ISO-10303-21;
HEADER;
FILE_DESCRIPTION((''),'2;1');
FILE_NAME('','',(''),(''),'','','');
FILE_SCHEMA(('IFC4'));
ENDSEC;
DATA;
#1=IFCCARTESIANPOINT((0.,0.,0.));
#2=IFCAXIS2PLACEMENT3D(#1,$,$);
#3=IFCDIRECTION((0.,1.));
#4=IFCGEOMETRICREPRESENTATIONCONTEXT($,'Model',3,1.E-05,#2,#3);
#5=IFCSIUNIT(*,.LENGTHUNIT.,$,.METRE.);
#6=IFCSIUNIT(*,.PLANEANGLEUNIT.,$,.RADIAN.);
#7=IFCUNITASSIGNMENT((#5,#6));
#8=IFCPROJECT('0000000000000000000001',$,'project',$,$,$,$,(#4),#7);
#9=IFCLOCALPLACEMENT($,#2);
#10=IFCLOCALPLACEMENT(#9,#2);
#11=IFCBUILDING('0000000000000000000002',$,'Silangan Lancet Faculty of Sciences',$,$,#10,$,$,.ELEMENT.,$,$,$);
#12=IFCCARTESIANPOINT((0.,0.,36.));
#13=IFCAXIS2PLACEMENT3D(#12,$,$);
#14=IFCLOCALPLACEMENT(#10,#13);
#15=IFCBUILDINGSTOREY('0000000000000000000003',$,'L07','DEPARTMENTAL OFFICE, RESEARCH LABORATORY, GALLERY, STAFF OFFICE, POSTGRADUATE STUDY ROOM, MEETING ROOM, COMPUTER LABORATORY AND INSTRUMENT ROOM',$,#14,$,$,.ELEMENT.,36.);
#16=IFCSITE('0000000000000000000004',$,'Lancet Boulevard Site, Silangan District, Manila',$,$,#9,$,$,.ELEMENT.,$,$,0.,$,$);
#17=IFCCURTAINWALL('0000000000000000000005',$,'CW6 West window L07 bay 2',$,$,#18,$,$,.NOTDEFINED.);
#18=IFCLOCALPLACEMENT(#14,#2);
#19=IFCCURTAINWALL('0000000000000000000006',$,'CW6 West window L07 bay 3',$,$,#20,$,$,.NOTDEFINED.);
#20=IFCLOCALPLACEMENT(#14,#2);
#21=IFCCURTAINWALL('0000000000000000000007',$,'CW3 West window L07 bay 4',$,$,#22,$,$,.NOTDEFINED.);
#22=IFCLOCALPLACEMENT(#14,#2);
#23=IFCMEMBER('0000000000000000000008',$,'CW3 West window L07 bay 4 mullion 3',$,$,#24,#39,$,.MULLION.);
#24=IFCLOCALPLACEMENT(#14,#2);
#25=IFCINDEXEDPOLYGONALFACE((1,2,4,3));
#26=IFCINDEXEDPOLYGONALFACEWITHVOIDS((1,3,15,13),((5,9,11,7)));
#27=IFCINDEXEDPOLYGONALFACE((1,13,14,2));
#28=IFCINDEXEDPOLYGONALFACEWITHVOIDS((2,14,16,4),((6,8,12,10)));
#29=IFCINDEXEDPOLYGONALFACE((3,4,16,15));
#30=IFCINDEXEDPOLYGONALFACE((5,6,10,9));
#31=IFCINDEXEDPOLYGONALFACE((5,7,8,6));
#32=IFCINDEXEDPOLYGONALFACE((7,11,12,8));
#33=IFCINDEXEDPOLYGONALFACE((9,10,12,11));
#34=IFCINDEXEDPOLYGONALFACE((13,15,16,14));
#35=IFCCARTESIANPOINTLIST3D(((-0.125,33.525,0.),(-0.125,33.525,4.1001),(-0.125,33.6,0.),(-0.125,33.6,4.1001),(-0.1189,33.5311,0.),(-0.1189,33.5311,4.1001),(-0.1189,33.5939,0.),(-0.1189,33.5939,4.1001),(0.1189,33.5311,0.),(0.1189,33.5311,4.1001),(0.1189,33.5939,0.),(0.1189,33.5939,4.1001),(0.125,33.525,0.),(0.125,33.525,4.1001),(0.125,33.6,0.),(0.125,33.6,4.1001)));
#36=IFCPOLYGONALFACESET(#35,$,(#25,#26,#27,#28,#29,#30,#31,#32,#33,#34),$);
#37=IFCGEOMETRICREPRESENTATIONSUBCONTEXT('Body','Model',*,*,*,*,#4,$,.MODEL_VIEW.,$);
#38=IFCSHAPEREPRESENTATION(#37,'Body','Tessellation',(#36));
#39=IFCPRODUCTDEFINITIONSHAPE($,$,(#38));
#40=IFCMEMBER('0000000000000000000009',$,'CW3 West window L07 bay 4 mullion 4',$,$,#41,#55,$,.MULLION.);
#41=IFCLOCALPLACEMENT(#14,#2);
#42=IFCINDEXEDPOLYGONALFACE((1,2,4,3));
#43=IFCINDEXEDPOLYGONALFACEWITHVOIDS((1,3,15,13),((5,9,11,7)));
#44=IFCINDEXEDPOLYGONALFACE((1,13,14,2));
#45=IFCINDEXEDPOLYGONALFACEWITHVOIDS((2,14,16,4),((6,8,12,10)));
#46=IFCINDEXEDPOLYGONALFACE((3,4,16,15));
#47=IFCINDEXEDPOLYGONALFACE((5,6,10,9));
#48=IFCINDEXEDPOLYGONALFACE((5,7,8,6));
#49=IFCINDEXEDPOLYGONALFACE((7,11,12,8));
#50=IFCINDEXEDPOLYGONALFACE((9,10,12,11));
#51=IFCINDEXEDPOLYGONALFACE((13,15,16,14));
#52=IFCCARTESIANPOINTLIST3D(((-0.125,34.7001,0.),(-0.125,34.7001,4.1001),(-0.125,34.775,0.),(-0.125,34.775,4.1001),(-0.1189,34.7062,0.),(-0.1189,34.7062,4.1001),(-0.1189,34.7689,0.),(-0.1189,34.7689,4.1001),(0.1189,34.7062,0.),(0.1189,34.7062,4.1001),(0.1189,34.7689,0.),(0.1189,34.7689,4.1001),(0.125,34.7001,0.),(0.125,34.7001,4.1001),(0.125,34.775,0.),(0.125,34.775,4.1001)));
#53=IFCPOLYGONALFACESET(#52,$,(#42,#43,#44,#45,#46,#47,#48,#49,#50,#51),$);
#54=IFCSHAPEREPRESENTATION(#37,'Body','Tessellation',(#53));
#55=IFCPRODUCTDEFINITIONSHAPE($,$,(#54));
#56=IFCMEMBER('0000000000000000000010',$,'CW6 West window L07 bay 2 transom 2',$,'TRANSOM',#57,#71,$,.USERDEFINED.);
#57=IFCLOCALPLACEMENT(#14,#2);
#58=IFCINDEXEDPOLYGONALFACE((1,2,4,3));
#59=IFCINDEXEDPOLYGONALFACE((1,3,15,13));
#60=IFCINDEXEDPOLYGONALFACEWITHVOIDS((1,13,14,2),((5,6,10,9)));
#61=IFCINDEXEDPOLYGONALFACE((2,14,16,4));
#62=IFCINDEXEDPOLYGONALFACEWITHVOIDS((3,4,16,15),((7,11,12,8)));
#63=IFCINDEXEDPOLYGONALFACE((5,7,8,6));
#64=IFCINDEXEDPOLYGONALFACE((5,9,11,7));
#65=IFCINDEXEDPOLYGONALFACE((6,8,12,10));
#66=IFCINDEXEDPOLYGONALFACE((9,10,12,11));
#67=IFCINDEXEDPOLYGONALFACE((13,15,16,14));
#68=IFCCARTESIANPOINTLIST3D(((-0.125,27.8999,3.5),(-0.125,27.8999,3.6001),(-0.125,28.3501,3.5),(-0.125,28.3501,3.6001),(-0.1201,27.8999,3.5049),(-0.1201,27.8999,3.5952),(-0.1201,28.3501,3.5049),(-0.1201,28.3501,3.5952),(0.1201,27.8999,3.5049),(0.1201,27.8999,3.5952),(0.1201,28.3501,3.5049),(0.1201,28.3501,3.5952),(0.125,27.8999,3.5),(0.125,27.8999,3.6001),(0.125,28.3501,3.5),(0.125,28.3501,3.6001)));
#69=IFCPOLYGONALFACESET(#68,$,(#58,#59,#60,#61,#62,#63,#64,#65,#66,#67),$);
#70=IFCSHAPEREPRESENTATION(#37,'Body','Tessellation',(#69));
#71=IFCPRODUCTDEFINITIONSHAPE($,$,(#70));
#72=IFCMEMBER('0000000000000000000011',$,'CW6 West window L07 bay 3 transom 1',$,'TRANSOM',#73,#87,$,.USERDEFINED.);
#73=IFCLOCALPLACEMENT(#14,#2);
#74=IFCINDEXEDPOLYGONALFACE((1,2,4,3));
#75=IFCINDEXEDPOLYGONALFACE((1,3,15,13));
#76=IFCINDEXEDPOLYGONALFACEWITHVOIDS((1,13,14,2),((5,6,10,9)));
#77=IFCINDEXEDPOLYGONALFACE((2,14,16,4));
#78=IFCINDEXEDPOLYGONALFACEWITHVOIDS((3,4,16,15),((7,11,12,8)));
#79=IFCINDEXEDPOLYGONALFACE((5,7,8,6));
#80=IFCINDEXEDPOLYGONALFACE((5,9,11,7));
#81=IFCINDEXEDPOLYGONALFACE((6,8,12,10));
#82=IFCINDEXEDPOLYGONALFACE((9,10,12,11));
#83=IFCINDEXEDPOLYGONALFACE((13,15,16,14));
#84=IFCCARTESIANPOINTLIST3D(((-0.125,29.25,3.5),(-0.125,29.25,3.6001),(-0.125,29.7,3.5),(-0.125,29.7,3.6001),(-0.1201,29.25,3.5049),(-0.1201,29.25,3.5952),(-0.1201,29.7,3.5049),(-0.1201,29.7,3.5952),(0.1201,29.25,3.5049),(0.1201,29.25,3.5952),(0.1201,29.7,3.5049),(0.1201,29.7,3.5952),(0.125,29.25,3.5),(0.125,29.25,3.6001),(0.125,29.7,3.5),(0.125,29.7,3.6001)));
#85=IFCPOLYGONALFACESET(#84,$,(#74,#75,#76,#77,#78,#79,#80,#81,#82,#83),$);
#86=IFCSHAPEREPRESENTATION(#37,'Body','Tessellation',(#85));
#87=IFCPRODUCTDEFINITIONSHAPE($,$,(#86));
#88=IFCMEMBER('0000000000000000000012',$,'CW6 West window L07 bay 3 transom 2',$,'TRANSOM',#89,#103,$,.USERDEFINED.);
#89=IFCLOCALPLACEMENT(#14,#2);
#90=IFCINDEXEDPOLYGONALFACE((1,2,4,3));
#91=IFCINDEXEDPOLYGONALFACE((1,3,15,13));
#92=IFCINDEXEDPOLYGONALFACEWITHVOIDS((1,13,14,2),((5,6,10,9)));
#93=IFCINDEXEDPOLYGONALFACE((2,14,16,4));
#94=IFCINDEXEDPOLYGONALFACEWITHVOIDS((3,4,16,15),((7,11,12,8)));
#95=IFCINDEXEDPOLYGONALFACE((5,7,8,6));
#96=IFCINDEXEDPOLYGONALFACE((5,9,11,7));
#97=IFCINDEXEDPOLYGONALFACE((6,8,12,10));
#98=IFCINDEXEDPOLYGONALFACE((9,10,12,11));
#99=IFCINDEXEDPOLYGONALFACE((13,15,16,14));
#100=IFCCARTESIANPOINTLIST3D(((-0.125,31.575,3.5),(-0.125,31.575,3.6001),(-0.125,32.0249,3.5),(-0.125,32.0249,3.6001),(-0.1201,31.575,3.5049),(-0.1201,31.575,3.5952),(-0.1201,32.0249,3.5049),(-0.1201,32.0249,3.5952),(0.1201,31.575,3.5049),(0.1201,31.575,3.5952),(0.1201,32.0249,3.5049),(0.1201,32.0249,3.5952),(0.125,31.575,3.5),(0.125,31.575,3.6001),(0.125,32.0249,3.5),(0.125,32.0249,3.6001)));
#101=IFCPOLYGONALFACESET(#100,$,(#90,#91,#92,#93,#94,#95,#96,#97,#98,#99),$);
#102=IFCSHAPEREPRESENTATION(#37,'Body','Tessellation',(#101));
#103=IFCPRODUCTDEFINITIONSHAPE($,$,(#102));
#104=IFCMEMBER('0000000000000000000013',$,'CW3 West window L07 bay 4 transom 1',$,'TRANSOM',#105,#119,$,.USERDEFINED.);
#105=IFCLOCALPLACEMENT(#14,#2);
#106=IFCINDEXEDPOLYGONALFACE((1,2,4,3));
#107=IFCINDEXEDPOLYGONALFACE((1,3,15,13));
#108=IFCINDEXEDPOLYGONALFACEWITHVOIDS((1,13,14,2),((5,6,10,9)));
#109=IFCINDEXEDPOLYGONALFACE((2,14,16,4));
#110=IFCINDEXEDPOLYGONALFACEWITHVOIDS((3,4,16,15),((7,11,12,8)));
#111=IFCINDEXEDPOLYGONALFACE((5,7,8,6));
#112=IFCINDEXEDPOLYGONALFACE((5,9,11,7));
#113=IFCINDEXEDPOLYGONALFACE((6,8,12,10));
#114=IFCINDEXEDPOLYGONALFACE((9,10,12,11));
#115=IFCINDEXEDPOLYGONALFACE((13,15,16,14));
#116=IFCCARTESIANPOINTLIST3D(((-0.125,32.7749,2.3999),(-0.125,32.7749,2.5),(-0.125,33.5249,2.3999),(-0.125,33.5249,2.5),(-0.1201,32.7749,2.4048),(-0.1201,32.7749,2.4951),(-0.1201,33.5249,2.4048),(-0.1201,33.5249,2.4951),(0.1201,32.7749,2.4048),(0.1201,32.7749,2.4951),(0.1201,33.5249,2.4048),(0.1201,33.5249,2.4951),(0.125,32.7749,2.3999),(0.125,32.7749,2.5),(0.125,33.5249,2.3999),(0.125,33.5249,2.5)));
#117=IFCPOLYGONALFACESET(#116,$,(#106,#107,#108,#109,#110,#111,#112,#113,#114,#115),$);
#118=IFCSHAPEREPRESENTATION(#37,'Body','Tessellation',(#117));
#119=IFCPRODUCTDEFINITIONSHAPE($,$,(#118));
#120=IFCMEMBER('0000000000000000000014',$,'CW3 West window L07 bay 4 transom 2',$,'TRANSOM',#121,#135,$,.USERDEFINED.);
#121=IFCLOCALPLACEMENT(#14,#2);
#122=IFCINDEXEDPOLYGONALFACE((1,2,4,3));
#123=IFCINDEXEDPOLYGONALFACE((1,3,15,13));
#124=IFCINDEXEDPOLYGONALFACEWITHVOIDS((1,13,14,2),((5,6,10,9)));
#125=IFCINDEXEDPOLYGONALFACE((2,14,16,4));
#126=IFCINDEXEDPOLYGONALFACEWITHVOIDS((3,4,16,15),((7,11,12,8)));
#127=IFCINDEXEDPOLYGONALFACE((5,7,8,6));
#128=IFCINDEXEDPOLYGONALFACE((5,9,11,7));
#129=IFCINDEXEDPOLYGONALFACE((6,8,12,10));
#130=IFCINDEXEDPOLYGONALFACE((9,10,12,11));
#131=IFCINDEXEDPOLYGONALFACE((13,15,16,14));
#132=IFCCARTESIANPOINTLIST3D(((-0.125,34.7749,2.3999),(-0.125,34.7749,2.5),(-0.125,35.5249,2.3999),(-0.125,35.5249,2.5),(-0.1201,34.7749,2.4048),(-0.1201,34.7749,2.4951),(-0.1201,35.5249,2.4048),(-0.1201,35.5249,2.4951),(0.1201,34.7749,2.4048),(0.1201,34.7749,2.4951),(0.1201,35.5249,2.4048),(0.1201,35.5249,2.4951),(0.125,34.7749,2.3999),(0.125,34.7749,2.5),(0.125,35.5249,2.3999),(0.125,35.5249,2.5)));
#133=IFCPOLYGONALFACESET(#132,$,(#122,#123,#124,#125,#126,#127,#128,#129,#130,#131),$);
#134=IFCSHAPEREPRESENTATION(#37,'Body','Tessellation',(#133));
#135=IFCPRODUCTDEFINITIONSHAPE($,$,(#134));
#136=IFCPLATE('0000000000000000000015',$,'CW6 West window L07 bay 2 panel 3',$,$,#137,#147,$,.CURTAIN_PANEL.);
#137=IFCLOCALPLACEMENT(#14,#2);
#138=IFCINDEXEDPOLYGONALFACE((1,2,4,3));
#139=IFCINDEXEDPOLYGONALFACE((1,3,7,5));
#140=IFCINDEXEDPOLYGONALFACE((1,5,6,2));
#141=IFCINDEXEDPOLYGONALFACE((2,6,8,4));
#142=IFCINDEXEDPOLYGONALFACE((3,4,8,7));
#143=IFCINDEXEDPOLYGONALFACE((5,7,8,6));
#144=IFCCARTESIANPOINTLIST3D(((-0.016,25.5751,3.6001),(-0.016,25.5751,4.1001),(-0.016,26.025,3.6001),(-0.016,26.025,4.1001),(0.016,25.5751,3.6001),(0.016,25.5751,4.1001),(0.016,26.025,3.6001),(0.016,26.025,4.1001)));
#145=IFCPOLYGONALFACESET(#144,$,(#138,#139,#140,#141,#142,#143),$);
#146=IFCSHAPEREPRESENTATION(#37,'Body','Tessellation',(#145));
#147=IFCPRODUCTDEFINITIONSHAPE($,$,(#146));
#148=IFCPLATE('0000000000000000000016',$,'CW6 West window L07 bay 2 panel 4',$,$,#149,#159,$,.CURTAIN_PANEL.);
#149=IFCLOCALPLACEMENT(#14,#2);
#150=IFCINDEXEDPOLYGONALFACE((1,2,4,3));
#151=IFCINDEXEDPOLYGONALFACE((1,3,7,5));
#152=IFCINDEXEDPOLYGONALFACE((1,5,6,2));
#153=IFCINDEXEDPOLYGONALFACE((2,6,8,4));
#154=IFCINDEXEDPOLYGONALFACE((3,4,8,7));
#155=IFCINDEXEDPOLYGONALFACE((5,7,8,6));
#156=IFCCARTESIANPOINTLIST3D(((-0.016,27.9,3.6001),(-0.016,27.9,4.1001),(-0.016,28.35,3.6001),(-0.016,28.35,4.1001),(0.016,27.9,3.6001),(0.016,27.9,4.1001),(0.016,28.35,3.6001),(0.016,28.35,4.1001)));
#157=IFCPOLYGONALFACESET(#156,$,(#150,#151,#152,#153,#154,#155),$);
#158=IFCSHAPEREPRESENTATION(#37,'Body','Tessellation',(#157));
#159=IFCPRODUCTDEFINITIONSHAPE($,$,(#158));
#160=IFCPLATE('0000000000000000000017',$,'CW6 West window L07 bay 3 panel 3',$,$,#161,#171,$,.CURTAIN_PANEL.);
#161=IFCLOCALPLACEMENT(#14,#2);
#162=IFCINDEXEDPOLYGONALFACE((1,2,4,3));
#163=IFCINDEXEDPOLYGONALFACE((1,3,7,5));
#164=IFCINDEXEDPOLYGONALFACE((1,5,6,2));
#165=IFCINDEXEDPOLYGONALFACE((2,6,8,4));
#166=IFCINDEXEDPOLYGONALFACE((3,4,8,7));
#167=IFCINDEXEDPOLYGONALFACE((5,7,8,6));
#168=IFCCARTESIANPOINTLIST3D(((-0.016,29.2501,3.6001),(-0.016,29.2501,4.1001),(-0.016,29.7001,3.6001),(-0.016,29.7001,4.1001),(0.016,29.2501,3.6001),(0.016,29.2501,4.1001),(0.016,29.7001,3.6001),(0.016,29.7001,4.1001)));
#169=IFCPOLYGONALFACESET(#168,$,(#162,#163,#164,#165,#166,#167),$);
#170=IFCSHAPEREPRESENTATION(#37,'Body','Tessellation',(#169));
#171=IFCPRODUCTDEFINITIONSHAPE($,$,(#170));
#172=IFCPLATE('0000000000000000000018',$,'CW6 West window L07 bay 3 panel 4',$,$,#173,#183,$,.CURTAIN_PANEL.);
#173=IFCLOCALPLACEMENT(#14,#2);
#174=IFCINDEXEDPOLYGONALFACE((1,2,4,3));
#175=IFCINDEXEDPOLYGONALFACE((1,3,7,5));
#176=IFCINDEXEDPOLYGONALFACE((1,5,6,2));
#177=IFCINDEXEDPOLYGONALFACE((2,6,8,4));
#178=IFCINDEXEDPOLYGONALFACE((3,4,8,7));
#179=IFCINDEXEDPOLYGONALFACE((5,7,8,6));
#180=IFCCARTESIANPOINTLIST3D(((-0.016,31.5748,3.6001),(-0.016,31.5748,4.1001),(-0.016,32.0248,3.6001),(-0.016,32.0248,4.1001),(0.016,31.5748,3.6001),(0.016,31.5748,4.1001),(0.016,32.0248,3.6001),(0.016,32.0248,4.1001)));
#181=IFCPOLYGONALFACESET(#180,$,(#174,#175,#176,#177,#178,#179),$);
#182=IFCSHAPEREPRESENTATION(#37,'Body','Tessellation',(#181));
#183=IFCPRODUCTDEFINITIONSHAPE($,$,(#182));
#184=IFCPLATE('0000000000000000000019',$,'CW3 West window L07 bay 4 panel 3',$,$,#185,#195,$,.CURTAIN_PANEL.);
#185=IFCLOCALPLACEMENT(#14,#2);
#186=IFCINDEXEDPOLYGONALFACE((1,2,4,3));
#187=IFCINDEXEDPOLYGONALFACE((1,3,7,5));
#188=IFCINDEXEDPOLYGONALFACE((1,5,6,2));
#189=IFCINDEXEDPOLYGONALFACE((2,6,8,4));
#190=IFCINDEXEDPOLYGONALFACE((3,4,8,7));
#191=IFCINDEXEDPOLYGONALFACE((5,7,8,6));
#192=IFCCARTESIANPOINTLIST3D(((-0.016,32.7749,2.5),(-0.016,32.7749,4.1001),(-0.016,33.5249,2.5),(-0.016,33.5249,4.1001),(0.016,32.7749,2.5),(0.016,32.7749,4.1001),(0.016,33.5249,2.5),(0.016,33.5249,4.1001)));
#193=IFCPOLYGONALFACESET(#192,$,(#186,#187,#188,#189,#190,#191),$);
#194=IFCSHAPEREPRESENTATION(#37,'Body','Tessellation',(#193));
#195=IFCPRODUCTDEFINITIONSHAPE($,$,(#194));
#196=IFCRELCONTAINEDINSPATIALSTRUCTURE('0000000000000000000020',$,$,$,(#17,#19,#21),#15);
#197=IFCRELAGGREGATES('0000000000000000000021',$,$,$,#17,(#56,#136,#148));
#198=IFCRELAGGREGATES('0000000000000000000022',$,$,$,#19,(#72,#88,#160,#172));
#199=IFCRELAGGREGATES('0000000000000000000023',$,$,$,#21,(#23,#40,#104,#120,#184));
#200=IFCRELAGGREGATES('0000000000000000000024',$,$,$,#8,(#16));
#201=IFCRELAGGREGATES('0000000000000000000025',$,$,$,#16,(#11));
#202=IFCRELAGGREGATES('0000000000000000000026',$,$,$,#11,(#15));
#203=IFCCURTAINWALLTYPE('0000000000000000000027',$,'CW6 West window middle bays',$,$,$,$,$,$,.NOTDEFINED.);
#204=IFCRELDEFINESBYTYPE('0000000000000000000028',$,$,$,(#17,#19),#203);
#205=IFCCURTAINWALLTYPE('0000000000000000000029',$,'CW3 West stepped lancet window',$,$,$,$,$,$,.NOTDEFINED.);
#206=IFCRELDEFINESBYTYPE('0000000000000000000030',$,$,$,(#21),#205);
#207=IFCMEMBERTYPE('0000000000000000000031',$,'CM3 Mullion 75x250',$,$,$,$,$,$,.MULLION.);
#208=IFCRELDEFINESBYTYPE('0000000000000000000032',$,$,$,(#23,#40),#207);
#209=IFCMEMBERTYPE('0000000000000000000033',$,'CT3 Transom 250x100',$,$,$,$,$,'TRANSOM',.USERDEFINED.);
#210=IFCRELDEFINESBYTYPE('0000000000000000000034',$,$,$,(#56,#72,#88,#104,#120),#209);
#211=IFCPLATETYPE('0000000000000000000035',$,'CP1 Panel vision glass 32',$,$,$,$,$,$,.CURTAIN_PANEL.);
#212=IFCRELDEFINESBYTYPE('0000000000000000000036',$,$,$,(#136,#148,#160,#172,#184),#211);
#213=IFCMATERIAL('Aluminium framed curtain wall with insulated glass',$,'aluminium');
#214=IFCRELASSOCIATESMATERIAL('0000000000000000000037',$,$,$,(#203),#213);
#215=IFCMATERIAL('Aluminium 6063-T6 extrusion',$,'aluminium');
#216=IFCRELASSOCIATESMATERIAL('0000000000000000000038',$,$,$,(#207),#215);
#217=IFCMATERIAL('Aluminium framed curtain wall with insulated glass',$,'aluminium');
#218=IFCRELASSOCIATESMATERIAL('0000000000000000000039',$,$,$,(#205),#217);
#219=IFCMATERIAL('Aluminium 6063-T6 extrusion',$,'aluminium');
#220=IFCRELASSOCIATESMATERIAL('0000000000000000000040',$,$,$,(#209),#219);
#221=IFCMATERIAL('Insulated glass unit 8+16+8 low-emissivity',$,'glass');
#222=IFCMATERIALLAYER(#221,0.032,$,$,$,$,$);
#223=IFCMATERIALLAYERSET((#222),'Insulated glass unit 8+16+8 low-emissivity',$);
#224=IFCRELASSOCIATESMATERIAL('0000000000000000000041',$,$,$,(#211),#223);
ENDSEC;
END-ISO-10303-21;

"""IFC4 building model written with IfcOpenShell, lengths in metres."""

from ifc_helpers import new_model, si_unit, direction, frame, origin, origin_2d, place, context, subcontext, project, spatial, rectangle, hollow_rectangle, extrude, material, layer, layer_set, material_profile, profile_set, type_object, element, aggregate, save


model = new_model("IFC4")

# Units and contexts
model_context = context("Model", 3, precision=1e-05, world=origin(), true_north=direction((0.0, 1.0)))
body_context = subcontext(model_context, "Body", "Model", "MODEL_VIEW")
ifc_project = project(units=[si_unit("LENGTHUNIT", "METRE"), si_unit("PLANEANGLEUNIT", "RADIAN")], contexts=[model_context])

# Site, building, storey
site_placement = place(None, origin())
site = spatial("IfcSite", under=ifc_project, at=site_placement, Name="Lancet Boulevard Site, Silangan District, Manila", CompositionType="ELEMENT", RefElevation=0.0)
building_placement = place(site_placement, origin())
building = spatial("IfcBuilding", under=site, at=building_placement, Name="Silangan Lancet Faculty of Sciences", CompositionType="ELEMENT")
storey_placement = place(building_placement, frame((0.0, 0.0, 36.0)))
storey = spatial("IfcBuildingStorey", under=building, at=storey_placement, Name="L07", Description="DEPARTMENTAL OFFICE, RESEARCH LABORATORY, GALLERY, STAFF OFFICE, POSTGRADUATE STUDY ROOM, MEETING ROOM, COMPUTER LABORATORY AND INSTRUMENT ROOM", CompositionType="ELEMENT", Elevation=36.0)

# Curtain walls, members
ifc_material_1 = material(Name="Aluminium framed curtain wall with insulated glass", Category="aluminium")
curtain_wall_type_1 = type_object("IfcCurtainWallType", Name="CW6 West window middle bays", PredefinedType="NOTDEFINED", material=ifc_material_1)
curtain_wall_1_placement = place(storey_placement, origin())
curtain_wall_1 = element("IfcCurtainWall", 1, at=curtain_wall_1_placement, inside=storey, type_object=curtain_wall_type_1, Name="CW6 West window L07 bay 2", PredefinedType="NOTDEFINED")
ifc_material_2 = material(Name="Aluminium 6063-T6 extrusion", Category="aluminium")
ifc_material_profile_1 = material_profile(ifc_material_2, hollow_rectangle(XDim=0.075, YDim=0.25, WallThickness=0.0061, at=origin_2d()), Name="AL BOX 75x250x6")
ifc_profile_set_1 = profile_set([ifc_material_profile_1], Name="Aluminium 6063-T6 extrusion")
member_type_1 = type_object("IfcMemberType", Name="CM3 Mullion 75x250", PredefinedType="MULLION", material=ifc_profile_set_1)
curtain_wall_2_placement = place(storey_placement, origin())
curtain_wall_2 = element("IfcCurtainWall", 2, at=curtain_wall_2_placement, inside=storey, type_object=curtain_wall_type_1, Name="CW6 West window L07 bay 3", PredefinedType="NOTDEFINED")
ifc_material_3 = material(Name="Aluminium framed curtain wall with insulated glass", Category="aluminium")
curtain_wall_type_2 = type_object("IfcCurtainWallType", Name="CW3 West stepped lancet window", PredefinedType="NOTDEFINED", material=ifc_material_3)
curtain_wall_3_placement = place(storey_placement, origin())
curtain_wall_3 = element("IfcCurtainWall", 3, at=curtain_wall_3_placement, inside=storey, type_object=curtain_wall_type_2, Name="CW3 West window L07 bay 4", PredefinedType="NOTDEFINED")
member_1_placement = place(storey_placement, frame((0.0, 33.5625, 0.0), z_axis=(0.0, 0.0, 1.0), x_axis=(0.0, 1.0, 0.0)))
member_1 = element("IfcMember", 4, at=member_1_placement, type_object=member_type_1, Name="CW3 West window L07 bay 4 mullion 3", PredefinedType="MULLION", context=body_context, shape_type="SweptSolid", body=[
    extrude(hollow_rectangle(XDim=0.075, YDim=0.25, WallThickness=0.0061, at=origin_2d()), origin(), (0.0, 0.0, 1.0), 4.1001),
])
member_2_placement = place(storey_placement, frame((0.0, 34.7375, 0.0), z_axis=(0.0, 0.0, 1.0), x_axis=(0.0, 1.0, 0.0)))
member_2 = element("IfcMember", 5, at=member_2_placement, type_object=member_type_1, Name="CW3 West window L07 bay 4 mullion 4", PredefinedType="MULLION", context=body_context, shape_type="SweptSolid", body=[
    extrude(hollow_rectangle(XDim=0.075, YDim=0.25, WallThickness=0.0061, at=origin_2d()), origin(), (0.0, 0.0, 1.0), 4.1001),
])

# Members
ifc_material_4 = material(Name="Aluminium 6063-T6 extrusion", Category="aluminium")
ifc_material_profile_2 = material_profile(ifc_material_4, hollow_rectangle(XDim=0.25, YDim=0.1001, WallThickness=0.0049, at=origin_2d()), Name="AL BOX 250x100x5")
ifc_profile_set_2 = profile_set([ifc_material_profile_2], Name="Aluminium 6063-T6 extrusion")
member_type_2 = type_object("IfcMemberType", Name="CT3 Transom 250x100", ElementType="TRANSOM", PredefinedType="USERDEFINED", material=ifc_profile_set_2)
member_3_placement = place(storey_placement, frame((0.0, 27.8999, 3.55), z_axis=(0.0, 1.0, 0.0), x_axis=(-1.0, 0.0, 0.0)))
member_3 = element("IfcMember", 6, at=member_3_placement, type_object=member_type_2, Name="CW6 West window L07 bay 2 transom 2", ObjectType="TRANSOM", PredefinedType="USERDEFINED", context=body_context, shape_type="SweptSolid", body=[
    extrude(hollow_rectangle(XDim=0.25, YDim=0.1001, WallThickness=0.0049, at=origin_2d()), origin(), (0.0, 0.0, 1.0), 0.4502),
])
member_4_placement = place(storey_placement, frame((0.0, 29.25, 3.55), z_axis=(0.0, 1.0, 0.0), x_axis=(-1.0, 0.0, 0.0)))
member_4 = element("IfcMember", 7, at=member_4_placement, type_object=member_type_2, Name="CW6 West window L07 bay 3 transom 1", ObjectType="TRANSOM", PredefinedType="USERDEFINED", context=body_context, shape_type="SweptSolid", body=[
    extrude(hollow_rectangle(XDim=0.25, YDim=0.1001, WallThickness=0.0049, at=origin_2d()), origin(), (0.0, 0.0, 1.0), 0.45),
])
member_5_placement = place(storey_placement, frame((0.0, 31.575, 3.55), z_axis=(0.0, 1.0, 0.0), x_axis=(-1.0, 0.0, 0.0)))
member_5 = element("IfcMember", 8, at=member_5_placement, type_object=member_type_2, Name="CW6 West window L07 bay 3 transom 2", ObjectType="TRANSOM", PredefinedType="USERDEFINED", context=body_context, shape_type="SweptSolid", body=[
    extrude(hollow_rectangle(XDim=0.25, YDim=0.1001, WallThickness=0.0049, at=origin_2d()), origin(), (0.0, 0.0, 1.0), 0.45),
])
member_6_placement = place(storey_placement, frame((0.0, 32.7749, 2.45), z_axis=(0.0, 1.0, 0.0), x_axis=(-1.0, 0.0, 0.0)))
member_6 = element("IfcMember", 9, at=member_6_placement, type_object=member_type_2, Name="CW3 West window L07 bay 4 transom 1", ObjectType="TRANSOM", PredefinedType="USERDEFINED", context=body_context, shape_type="SweptSolid", body=[
    extrude(hollow_rectangle(XDim=0.25, YDim=0.1001, WallThickness=0.0049, at=origin_2d()), origin(), (0.0, 0.0, 1.0), 0.75),
])
member_7_placement = place(storey_placement, frame((0.0, 34.7749, 2.45), z_axis=(0.0, 1.0, 0.0), x_axis=(-1.0, 0.0, 0.0)))
member_7 = element("IfcMember", 10, at=member_7_placement, type_object=member_type_2, Name="CW3 West window L07 bay 4 transom 2", ObjectType="TRANSOM", PredefinedType="USERDEFINED", context=body_context, shape_type="SweptSolid", body=[
    extrude(hollow_rectangle(XDim=0.25, YDim=0.1001, WallThickness=0.0049, at=origin_2d()), origin(), (0.0, 0.0, 1.0), 0.75),
])

# Plates
ifc_material_5 = material(Name="Insulated glass unit 8+16+8 low-emissivity", Category="glass")
ifc_layer_1 = layer(ifc_material_5, 0.032)
ifc_layer_set_1 = layer_set([ifc_layer_1], Name="Insulated glass unit 8+16+8 low-emissivity")
plate_type_1 = type_object("IfcPlateType", Name="CP1 Panel vision glass 32", PredefinedType="CURTAIN_PANEL", material=ifc_layer_set_1)
plate_1_placement = place(storey_placement, frame((0.0, 25.8, 3.6001), z_axis=(0.0, 0.0, 1.0), x_axis=(0.0, 1.0, 0.0)))
plate_1 = element("IfcPlate", 11, at=plate_1_placement, type_object=plate_type_1, Name="CW6 West window L07 bay 2 panel 3", PredefinedType="CURTAIN_PANEL", context=body_context, shape_type="SweptSolid", body=[
    extrude(rectangle(XDim=0.45, YDim=0.032, at=origin_2d()), origin(), (0.0, 0.0, 1.0), 0.5),
])
plate_2_placement = place(storey_placement, frame((0.0, 28.125, 3.6001), z_axis=(0.0, 0.0, 1.0), x_axis=(0.0, 1.0, 0.0)))
plate_2 = element("IfcPlate", 12, at=plate_2_placement, type_object=plate_type_1, Name="CW6 West window L07 bay 2 panel 4", PredefinedType="CURTAIN_PANEL", context=body_context, shape_type="SweptSolid", body=[
    extrude(rectangle(XDim=0.45, YDim=0.032, at=origin_2d()), origin(), (0.0, 0.0, 1.0), 0.5),
])
plate_3_placement = place(storey_placement, frame((0.0, 29.4751, 3.6001), z_axis=(0.0, 0.0, 1.0), x_axis=(0.0, 1.0, 0.0)))
plate_3 = element("IfcPlate", 13, at=plate_3_placement, type_object=plate_type_1, Name="CW6 West window L07 bay 3 panel 3", PredefinedType="CURTAIN_PANEL", context=body_context, shape_type="SweptSolid", body=[
    extrude(rectangle(XDim=0.45, YDim=0.032, at=origin_2d()), origin(), (0.0, 0.0, 1.0), 0.5),
])
plate_4_placement = place(storey_placement, frame((0.0, 31.7998, 3.6001), z_axis=(0.0, 0.0, 1.0), x_axis=(0.0, 1.0, 0.0)))
plate_4 = element("IfcPlate", 14, at=plate_4_placement, type_object=plate_type_1, Name="CW6 West window L07 bay 3 panel 4", PredefinedType="CURTAIN_PANEL", context=body_context, shape_type="SweptSolid", body=[
    extrude(rectangle(XDim=0.45, YDim=0.032, at=origin_2d()), origin(), (0.0, 0.0, 1.0), 0.5),
])
plate_5_placement = place(storey_placement, frame((0.0, 33.1499, 2.5), z_axis=(0.0, 0.0, 1.0), x_axis=(0.0, 1.0, 0.0)))
plate_5 = element("IfcPlate", 15, at=plate_5_placement, type_object=plate_type_1, Name="CW3 West window L07 bay 4 panel 3", PredefinedType="CURTAIN_PANEL", context=body_context, shape_type="SweptSolid", body=[
    extrude(rectangle(XDim=0.75, YDim=0.032, at=origin_2d()), origin(), (0.0, 0.0, 1.0), 1.6001),
])
aggregate(curtain_wall_1, [member_3, plate_1, plate_2])
aggregate(curtain_wall_2, [member_4, member_5, plate_3, plate_4])
aggregate(curtain_wall_3, [member_1, member_2, member_6, member_7, plate_5])

save(model, "model.ifc")
